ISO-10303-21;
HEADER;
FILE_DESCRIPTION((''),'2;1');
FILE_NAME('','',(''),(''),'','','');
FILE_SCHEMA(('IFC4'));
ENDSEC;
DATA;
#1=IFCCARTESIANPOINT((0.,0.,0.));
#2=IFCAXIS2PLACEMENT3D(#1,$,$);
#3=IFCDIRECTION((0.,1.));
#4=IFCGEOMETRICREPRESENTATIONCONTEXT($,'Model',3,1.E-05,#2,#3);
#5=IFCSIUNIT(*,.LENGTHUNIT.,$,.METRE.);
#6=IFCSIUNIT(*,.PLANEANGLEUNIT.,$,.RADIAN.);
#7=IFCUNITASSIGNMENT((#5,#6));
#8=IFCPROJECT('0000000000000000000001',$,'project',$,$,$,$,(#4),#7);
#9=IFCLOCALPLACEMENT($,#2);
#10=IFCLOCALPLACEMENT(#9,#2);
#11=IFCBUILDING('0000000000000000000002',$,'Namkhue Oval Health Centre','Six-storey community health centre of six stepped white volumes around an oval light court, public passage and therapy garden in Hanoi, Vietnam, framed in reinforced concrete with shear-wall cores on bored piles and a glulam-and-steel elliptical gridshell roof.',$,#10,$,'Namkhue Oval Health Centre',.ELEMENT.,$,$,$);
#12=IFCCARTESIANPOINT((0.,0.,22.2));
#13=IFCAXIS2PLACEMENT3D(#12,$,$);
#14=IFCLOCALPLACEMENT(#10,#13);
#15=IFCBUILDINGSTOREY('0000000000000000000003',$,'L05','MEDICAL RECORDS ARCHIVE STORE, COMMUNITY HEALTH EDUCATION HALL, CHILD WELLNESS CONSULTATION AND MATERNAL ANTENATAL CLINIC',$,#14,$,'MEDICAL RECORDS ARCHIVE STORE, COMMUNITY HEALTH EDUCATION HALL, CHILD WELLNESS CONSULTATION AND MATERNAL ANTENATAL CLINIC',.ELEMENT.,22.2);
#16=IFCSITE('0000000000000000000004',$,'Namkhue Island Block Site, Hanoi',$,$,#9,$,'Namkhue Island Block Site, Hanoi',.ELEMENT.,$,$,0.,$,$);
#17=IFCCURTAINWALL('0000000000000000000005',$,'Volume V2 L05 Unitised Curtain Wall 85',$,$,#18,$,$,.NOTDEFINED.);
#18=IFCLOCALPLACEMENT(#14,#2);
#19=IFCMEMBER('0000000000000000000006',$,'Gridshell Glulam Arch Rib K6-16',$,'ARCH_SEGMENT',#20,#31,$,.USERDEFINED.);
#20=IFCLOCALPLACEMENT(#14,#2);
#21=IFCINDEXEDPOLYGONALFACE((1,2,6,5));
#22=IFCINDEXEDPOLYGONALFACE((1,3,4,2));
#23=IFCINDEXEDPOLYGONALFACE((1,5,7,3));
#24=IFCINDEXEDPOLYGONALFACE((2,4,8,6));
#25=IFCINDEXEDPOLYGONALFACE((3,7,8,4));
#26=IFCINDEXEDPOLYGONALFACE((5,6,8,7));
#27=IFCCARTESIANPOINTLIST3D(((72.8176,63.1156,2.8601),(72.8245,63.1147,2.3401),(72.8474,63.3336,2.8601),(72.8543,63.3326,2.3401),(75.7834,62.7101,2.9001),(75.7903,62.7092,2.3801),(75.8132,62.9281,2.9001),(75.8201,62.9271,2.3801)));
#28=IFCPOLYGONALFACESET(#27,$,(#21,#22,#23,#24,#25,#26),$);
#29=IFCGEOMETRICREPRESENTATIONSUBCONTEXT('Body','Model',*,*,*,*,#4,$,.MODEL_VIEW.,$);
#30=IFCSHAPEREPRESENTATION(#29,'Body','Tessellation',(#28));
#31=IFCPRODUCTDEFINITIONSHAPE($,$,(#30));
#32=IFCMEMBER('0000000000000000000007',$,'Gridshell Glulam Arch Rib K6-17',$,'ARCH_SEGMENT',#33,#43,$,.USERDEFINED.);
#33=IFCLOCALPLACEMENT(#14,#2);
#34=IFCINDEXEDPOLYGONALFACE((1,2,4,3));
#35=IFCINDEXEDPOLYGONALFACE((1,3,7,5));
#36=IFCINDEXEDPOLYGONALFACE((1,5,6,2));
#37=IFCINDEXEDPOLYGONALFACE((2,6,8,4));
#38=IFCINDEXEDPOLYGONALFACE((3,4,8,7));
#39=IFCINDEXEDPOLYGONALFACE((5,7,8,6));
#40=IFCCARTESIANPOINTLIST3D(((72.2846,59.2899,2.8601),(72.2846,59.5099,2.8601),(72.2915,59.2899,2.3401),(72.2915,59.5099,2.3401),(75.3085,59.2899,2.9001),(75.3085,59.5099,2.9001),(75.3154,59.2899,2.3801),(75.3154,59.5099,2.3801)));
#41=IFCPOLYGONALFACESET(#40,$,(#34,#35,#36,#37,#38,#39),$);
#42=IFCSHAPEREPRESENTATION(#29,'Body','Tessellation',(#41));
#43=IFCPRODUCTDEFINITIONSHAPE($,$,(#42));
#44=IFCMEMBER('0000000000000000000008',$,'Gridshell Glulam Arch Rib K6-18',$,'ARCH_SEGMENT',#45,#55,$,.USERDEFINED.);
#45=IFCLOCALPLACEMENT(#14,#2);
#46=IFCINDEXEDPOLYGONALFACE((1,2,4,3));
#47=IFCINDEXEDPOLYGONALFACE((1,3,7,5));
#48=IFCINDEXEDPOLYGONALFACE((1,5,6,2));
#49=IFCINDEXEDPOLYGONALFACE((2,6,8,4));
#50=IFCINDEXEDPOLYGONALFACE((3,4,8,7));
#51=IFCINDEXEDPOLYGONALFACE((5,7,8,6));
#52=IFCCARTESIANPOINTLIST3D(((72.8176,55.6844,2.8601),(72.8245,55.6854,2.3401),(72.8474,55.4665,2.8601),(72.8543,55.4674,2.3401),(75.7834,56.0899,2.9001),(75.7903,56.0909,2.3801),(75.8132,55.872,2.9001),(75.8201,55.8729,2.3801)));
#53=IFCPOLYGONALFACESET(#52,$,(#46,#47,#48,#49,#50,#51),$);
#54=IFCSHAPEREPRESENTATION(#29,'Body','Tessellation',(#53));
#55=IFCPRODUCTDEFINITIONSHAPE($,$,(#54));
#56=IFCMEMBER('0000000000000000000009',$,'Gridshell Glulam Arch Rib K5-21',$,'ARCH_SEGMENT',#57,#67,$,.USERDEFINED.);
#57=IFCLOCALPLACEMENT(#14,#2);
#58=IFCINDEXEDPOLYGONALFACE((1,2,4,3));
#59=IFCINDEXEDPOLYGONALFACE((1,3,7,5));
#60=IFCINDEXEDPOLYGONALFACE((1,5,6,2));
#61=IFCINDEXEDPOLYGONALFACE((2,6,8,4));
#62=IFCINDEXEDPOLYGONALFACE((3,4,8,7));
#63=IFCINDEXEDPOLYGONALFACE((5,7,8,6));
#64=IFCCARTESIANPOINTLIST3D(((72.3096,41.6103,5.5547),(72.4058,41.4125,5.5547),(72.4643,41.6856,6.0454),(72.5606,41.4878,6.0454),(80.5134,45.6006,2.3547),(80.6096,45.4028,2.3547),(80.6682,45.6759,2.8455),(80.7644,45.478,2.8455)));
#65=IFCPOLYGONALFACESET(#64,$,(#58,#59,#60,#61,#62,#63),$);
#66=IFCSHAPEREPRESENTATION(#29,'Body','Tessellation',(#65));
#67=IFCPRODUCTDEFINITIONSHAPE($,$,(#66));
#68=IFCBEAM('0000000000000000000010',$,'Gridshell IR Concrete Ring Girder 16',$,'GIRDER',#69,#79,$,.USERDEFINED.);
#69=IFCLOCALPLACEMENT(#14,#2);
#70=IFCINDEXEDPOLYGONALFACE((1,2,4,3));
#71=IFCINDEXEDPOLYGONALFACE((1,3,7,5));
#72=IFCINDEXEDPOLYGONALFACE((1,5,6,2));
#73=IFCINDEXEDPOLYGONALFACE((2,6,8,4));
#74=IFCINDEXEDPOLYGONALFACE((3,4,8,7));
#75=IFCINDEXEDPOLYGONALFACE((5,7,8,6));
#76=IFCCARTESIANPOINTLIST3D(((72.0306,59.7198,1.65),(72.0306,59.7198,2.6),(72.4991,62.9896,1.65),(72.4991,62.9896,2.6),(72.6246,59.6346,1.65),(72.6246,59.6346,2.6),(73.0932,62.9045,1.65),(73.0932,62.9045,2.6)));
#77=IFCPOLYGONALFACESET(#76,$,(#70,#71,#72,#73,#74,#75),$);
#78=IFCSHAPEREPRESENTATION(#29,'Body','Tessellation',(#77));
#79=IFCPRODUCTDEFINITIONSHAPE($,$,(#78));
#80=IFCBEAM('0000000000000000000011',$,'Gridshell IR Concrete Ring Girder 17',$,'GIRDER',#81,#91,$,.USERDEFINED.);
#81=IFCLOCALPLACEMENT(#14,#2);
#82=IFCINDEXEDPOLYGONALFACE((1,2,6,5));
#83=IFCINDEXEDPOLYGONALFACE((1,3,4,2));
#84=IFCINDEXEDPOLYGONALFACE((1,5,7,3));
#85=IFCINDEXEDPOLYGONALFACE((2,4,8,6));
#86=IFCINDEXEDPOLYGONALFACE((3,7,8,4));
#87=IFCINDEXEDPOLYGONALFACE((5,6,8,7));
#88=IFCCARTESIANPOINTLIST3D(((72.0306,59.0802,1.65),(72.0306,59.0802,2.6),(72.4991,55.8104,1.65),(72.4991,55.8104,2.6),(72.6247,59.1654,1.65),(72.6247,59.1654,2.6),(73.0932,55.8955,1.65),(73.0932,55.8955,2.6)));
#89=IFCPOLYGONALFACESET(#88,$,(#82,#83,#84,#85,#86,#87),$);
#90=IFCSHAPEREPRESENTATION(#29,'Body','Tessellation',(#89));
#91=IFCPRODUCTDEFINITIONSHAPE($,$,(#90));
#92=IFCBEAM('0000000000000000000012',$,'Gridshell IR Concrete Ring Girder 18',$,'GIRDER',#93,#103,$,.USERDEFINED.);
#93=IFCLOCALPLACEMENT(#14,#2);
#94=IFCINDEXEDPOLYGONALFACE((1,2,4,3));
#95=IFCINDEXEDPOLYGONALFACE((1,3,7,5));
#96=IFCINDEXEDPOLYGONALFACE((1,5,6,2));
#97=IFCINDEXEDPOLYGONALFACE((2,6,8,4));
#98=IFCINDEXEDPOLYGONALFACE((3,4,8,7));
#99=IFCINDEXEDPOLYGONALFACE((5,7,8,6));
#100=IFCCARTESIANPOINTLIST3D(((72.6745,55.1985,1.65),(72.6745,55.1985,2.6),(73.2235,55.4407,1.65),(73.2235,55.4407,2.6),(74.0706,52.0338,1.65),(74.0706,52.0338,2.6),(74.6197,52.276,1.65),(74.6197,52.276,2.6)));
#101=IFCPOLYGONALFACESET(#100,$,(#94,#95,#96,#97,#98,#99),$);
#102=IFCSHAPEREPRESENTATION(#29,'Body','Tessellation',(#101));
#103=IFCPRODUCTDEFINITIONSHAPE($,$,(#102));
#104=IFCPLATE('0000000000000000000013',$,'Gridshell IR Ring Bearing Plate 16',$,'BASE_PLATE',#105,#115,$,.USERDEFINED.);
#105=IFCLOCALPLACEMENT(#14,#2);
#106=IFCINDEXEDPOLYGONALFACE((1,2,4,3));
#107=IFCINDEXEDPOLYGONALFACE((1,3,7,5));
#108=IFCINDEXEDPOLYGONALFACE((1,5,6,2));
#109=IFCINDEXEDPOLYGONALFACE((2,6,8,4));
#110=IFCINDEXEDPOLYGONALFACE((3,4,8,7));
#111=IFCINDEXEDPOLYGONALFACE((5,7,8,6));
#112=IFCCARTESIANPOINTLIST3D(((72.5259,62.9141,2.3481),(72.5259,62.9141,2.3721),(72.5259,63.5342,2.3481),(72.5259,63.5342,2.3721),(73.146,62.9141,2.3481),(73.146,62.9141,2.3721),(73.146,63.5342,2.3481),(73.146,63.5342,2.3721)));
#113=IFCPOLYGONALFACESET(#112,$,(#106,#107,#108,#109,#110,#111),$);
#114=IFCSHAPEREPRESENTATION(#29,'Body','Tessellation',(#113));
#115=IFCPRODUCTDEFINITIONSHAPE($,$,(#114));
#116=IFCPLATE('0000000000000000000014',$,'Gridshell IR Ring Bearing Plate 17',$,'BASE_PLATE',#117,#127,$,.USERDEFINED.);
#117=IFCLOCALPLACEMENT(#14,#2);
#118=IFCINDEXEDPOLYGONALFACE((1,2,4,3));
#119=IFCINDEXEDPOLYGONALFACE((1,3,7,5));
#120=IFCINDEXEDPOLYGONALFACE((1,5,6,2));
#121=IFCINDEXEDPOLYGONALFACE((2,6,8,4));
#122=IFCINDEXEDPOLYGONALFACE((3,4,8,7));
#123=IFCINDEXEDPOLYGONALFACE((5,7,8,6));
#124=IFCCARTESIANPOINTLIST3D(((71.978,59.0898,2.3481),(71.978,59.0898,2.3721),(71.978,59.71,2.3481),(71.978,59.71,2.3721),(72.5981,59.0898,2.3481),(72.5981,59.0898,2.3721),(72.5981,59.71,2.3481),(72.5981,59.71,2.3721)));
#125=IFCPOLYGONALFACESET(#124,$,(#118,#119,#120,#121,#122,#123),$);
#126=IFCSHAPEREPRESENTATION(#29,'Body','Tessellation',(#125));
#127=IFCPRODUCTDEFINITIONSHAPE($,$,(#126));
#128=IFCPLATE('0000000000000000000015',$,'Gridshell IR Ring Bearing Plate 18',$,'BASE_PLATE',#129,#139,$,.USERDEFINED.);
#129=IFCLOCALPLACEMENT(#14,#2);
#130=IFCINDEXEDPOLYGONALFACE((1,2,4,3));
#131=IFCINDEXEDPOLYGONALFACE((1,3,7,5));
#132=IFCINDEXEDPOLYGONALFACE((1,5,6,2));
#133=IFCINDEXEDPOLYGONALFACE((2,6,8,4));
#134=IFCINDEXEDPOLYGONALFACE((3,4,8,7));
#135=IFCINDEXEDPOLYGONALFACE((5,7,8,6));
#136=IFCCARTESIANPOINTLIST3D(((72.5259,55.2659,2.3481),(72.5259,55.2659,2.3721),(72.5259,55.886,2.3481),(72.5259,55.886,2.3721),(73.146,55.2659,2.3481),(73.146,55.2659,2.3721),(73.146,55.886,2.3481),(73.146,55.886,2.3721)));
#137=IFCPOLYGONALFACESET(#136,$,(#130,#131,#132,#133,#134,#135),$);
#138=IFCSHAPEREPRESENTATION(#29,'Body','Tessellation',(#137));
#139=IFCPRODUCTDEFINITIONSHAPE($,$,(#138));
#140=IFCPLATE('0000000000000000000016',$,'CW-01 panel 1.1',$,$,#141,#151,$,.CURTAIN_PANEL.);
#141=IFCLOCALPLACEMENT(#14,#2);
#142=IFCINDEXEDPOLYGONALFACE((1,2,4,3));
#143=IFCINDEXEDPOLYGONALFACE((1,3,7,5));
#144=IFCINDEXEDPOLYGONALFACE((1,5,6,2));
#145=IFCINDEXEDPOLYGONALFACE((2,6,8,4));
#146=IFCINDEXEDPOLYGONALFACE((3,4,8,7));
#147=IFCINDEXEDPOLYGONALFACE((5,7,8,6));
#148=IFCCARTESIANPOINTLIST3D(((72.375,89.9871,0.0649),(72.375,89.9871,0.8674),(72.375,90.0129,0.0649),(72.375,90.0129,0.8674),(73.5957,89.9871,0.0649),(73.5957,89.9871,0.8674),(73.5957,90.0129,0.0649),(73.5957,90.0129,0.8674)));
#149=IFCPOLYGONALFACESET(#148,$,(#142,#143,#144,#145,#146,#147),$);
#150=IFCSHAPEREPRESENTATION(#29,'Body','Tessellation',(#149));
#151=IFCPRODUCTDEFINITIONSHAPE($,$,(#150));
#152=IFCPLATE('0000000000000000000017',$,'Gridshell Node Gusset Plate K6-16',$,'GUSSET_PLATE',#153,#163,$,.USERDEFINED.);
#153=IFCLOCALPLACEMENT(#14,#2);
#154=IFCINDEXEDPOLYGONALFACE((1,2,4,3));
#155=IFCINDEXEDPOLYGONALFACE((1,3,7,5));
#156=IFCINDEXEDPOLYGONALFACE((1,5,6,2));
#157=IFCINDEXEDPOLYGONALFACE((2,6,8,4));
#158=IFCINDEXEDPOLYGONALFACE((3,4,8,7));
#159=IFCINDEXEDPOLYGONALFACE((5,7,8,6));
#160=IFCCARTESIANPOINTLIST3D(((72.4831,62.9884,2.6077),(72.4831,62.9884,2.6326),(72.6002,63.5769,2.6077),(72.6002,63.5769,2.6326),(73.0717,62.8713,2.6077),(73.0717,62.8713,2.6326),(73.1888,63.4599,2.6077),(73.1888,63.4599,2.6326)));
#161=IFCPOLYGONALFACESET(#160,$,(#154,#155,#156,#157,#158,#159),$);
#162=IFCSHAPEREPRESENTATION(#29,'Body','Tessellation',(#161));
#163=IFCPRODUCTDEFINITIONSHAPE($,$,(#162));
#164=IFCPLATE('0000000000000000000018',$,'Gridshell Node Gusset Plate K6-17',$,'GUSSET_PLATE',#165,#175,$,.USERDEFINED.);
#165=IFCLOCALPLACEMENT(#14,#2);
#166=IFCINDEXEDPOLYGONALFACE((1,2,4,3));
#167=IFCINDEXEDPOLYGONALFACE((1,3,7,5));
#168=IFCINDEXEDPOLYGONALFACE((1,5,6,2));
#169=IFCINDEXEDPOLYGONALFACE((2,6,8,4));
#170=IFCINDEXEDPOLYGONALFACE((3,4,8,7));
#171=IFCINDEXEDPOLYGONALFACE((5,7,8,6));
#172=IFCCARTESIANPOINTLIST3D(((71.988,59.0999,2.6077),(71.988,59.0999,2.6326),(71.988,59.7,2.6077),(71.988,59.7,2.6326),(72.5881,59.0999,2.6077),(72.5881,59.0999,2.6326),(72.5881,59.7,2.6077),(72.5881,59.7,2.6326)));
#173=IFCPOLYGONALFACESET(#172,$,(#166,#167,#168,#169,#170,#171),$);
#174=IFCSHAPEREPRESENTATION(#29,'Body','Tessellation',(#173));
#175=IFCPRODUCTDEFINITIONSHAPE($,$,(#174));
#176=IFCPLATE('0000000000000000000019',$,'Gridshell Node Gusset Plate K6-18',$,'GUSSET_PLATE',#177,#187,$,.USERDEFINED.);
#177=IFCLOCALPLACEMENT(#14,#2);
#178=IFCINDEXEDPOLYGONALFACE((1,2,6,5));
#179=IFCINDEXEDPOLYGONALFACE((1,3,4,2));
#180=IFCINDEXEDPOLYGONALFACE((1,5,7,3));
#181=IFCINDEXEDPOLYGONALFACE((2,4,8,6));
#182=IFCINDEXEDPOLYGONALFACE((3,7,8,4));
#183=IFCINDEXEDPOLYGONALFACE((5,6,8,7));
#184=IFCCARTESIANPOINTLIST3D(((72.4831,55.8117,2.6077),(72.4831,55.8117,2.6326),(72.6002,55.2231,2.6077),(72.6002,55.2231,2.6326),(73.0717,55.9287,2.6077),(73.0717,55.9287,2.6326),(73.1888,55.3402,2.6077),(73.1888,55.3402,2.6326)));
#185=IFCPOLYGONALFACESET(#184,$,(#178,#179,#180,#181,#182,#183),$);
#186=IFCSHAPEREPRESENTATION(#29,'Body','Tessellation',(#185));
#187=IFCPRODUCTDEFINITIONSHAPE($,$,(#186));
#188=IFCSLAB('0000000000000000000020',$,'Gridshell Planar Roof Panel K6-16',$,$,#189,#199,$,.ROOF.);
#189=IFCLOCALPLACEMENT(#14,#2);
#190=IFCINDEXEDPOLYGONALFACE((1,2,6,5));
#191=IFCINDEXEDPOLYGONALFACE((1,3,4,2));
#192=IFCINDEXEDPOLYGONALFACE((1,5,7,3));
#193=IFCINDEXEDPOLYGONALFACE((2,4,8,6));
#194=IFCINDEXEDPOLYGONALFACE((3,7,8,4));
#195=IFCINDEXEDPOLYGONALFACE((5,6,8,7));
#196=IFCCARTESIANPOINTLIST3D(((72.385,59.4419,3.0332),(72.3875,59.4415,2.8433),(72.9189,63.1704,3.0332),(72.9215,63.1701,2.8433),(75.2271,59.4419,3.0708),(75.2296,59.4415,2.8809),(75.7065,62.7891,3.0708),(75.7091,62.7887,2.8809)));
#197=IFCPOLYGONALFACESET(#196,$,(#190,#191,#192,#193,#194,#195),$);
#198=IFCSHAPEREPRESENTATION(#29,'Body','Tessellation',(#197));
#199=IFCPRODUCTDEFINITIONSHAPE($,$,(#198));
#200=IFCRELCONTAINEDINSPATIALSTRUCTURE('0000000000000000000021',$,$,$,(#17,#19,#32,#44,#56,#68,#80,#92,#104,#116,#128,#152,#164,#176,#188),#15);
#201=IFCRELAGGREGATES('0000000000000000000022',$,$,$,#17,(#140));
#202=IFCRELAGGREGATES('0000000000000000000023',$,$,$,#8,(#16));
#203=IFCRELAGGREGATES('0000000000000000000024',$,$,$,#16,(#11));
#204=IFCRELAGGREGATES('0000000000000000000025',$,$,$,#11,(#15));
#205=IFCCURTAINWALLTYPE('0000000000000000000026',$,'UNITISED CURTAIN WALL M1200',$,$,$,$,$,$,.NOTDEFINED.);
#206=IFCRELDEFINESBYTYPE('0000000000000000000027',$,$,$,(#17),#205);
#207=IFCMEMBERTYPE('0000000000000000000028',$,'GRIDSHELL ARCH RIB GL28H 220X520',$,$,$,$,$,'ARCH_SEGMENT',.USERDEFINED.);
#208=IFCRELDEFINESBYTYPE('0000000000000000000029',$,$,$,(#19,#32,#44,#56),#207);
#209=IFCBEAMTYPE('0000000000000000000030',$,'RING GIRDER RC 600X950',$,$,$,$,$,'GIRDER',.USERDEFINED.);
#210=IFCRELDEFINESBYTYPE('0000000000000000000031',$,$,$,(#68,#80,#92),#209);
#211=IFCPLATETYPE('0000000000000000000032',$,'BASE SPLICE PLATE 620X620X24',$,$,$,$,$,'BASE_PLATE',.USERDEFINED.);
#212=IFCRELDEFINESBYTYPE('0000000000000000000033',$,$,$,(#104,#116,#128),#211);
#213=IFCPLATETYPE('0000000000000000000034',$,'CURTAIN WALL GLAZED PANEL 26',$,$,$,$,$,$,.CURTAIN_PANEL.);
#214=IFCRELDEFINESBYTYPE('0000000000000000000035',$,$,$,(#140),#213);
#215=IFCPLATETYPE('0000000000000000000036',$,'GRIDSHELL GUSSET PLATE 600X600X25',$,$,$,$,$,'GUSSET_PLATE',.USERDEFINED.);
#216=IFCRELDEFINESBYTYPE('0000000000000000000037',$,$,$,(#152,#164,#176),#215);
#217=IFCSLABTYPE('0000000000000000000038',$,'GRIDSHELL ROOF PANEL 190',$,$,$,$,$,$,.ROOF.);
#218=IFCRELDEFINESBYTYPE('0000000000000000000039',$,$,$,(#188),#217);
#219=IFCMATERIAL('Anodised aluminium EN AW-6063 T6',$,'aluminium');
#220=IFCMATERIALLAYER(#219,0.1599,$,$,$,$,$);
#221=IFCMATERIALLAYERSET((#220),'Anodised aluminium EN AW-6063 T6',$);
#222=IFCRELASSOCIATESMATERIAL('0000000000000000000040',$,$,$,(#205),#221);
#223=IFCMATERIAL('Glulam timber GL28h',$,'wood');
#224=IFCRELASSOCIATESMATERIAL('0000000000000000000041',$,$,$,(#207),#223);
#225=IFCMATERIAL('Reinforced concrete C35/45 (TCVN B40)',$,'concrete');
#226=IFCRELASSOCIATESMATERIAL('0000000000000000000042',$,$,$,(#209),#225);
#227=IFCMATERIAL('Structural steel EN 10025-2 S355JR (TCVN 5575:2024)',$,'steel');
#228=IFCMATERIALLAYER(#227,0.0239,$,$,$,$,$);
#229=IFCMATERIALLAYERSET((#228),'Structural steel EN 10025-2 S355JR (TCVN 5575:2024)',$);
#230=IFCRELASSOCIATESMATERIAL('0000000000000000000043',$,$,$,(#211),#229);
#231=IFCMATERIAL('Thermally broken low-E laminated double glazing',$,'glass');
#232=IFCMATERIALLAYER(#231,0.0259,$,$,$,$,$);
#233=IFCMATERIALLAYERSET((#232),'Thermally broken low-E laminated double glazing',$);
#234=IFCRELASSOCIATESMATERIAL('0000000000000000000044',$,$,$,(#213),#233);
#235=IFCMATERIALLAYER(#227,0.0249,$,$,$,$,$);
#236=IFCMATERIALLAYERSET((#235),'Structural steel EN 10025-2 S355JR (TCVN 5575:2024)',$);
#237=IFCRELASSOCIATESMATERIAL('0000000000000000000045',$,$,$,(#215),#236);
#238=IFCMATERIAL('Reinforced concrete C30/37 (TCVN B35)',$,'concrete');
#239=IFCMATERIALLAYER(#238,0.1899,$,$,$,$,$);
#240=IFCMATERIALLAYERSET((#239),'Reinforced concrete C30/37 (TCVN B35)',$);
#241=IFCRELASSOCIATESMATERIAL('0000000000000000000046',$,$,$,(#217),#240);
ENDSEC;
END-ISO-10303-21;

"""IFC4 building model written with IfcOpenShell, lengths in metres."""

from ifc_helpers import new_model, si_unit, direction, frame, origin, origin_2d, place, context, subcontext, project, spatial, polyline, rectangle, outline, extrude, material, layer, layer_set, material_profile, profile_set, type_object, element, aggregate, save


model = new_model("IFC4")

# Units and contexts
model_context = context("Model", 3, precision=1e-05, world=origin(), true_north=direction((0.0, 1.0)))
body_context = subcontext(model_context, "Body", "Model", "MODEL_VIEW")
ifc_project = project(units=[si_unit("LENGTHUNIT", "METRE"), si_unit("PLANEANGLEUNIT", "RADIAN")], contexts=[model_context])

# Site, building, storey
site_placement = place(None, origin())
site = spatial("IfcSite", under=ifc_project, at=site_placement, Name="Namkhue Island Block Site, Hanoi", LongName="Namkhue Island Block Site, Hanoi", CompositionType="ELEMENT", RefElevation=0.0)
building_placement = place(site_placement, origin())
building = spatial("IfcBuilding", under=site, at=building_placement, Name="Namkhue Oval Health Centre", Description="Six-storey community health centre of six stepped white volumes around an oval light court, public passage and therapy garden in Hanoi, Vietnam, framed in reinforced concrete with shear-wall cores on bored piles and a glulam-and-steel elliptical gridshell roof.", LongName="Namkhue Oval Health Centre", CompositionType="ELEMENT")
storey_placement = place(building_placement, frame((0.0, 0.0, 22.2)))
storey = spatial("IfcBuildingStorey", under=building, at=storey_placement, Name="L05", Description="MEDICAL RECORDS ARCHIVE STORE, COMMUNITY HEALTH EDUCATION HALL, CHILD WELLNESS CONSULTATION AND MATERNAL ANTENATAL CLINIC", LongName="MEDICAL RECORDS ARCHIVE STORE, COMMUNITY HEALTH EDUCATION HALL, CHILD WELLNESS CONSULTATION AND MATERNAL ANTENATAL CLINIC", CompositionType="ELEMENT", Elevation=22.2)

# Shared definitions
ifc_material_1 = material(Name="Reinforced concrete C35/45 (TCVN B40)", Category="concrete")

# Shared definitions
ifc_material_2 = material(Name="Structural steel EN 10025-2 S355JR (TCVN 5575:2024)", Category="steel")

# Curtain wall
ifc_material_3 = material(Name="Anodised aluminium EN AW-6063 T6", Category="aluminium")
ifc_layer_1 = layer(ifc_material_3, 0.1599)
ifc_layer_set_1 = layer_set([ifc_layer_1], Name="Anodised aluminium EN AW-6063 T6")
curtain_wall_type = type_object("IfcCurtainWallType", Name="UNITISED CURTAIN WALL M1200", PredefinedType="NOTDEFINED", material=ifc_layer_set_1)
curtain_wall_placement = place(storey_placement, origin())
curtain_wall = element("IfcCurtainWall", 1, at=curtain_wall_placement, inside=storey, type_object=curtain_wall_type, Name="Volume V2 L05 Unitised Curtain Wall 85", PredefinedType="NOTDEFINED")

# Members
ifc_material_4 = material(Name="Glulam timber GL28h", Category="wood")
ifc_material_profile_1 = material_profile(ifc_material_4, rectangle(XDim=0.22, YDim=0.52, at=origin_2d()), Name="GL28h 220x520")
ifc_profile_set_1 = profile_set([ifc_material_profile_1], Name="Glulam timber GL28h")
member_type_1 = type_object("IfcMemberType", Name="GRIDSHELL ARCH RIB GL28H 220X520", ElementType="ARCH_SEGMENT", PredefinedType="USERDEFINED", material=ifc_profile_set_1)
member_1_placement = place(storey_placement, frame((72.8359, 63.2241, 2.6001), z_axis=(0.990693, -0.135458, 0.013375), x_axis=(0.13547, 0.990781, 0.0)))
element("IfcMember", 2, at=member_1_placement, inside=storey, type_object=member_type_1, Name="Gridshell Glulam Arch Rib K6-16", ObjectType="ARCH_SEGMENT", PredefinedType="USERDEFINED", context=body_context, shape_type="SweptSolid", body=[
    extrude(rectangle(XDim=0.22, YDim=0.52, at=origin_2d()), origin(), (0.0, 0.0, 1.0), 2.9937),
])
member_2_placement = place(storey_placement, frame((72.2881, 59.3999, 2.6001), z_axis=(0.999912, 0.0, 0.01324), x_axis=(0.0, 1.0, 0.0)))
element("IfcMember", 3, at=member_2_placement, inside=storey, type_object=member_type_1, Name="Gridshell Glulam Arch Rib K6-17", ObjectType="ARCH_SEGMENT", PredefinedType="USERDEFINED", context=body_context, shape_type="SweptSolid", body=[
    extrude(rectangle(XDim=0.22, YDim=0.52, at=origin_2d()), origin(), (0.0, 0.0, 1.0), 3.0242),
])
member_3_placement = place(storey_placement, frame((72.8359, 55.5759, 2.6001), z_axis=(0.990693, 0.135458, 0.013375), x_axis=(-0.13547, 0.990781, 0.0)))
element("IfcMember", 4, at=member_3_placement, inside=storey, type_object=member_type_1, Name="Gridshell Glulam Arch Rib K6-18", ObjectType="ARCH_SEGMENT", PredefinedType="USERDEFINED", context=body_context, shape_type="SweptSolid", body=[
    extrude(rectangle(XDim=0.22, YDim=0.52, at=origin_2d()), origin(), (0.0, 0.0, 1.0), 2.9937),
])
member_4_placement = place(storey_placement, frame((72.4351, 41.5491, 5.8), z_axis=(0.848582, 0.412738, -0.330993), x_axis=(-0.437392, 0.899271, 0.0)))
element("IfcMember", 5, at=member_4_placement, inside=storey, type_object=member_type_1, Name="Gridshell Glulam Arch Rib K5-21", ObjectType="ARCH_SEGMENT", PredefinedType="USERDEFINED", context=body_context, shape_type="SweptSolid", body=[
    extrude(rectangle(XDim=0.22, YDim=0.52, at=origin_2d()), origin(), (0.0, 0.0, 1.0), 9.6677),
])

# Beams
ifc_material_profile_2 = material_profile(ifc_material_1, rectangle(XDim=0.6001, YDim=0.95, at=origin_2d()), Name="RC 600x950")
ifc_profile_set_2 = profile_set([ifc_material_profile_2], Name="Reinforced concrete C35/45 (TCVN B40)")
beam_type = type_object("IfcBeamType", Name="RING GIRDER RC 600X950", ElementType="GIRDER", PredefinedType="USERDEFINED", material=ifc_profile_set_2)
for number, where, z_axis, x_axis, name in (
    (6, (72.7961, 62.947, 2.125), (-0.141835, -0.98989, 0.0), (0.98989, -0.141835, 0.0), "Gridshell IR Concrete Ring Girder 16"),
    (7, (72.3276, 59.1228, 2.125), (0.141835, -0.98989, 0.0), (0.98989, 0.141835, 0.0), "Gridshell IR Concrete Ring Girder 17"),
):
    element("IfcBeam", number, at=place(storey_placement, frame(where, z_axis=z_axis, x_axis=x_axis)), inside=storey, type_object=beam_type, Name=name, ObjectType="GIRDER", PredefinedType="USERDEFINED", context=body_context, shape_type="SweptSolid", body=[
        extrude(rectangle(XDim=0.6001, YDim=0.95, at=origin_2d()), origin(), (0.0, 0.0, 1.0), 3.3032),
    ])
beam_placement = place(storey_placement, frame((72.949, 55.3196, 2.125), z_axis=(0.403642, -0.914917, 0.0), x_axis=(0.914917, 0.403642, 0.0)))
element("IfcBeam", 8, at=beam_placement, inside=storey, type_object=beam_type, Name="Gridshell IR Concrete Ring Girder 18", ObjectType="GIRDER", PredefinedType="USERDEFINED", context=body_context, shape_type="SweptSolid", body=[
    extrude(rectangle(XDim=0.6001, YDim=0.95, at=origin_2d()), origin(), (0.0, 0.0, 1.0), 3.459),
])

# Plates
ifc_layer_2 = layer(ifc_material_2, 0.0239)
ifc_layer_set_2 = layer_set([ifc_layer_2], Name="Structural steel EN 10025-2 S355JR (TCVN 5575:2024)")
plate_type_1 = type_object("IfcPlateType", Name="BASE SPLICE PLATE 620X620X24", ElementType="BASE_PLATE", PredefinedType="USERDEFINED", material=ifc_layer_set_2)
for number, where, z_axis, x_axis, name in (
    (9, (72.8359, 63.2241, 2.3481), (0.0, 0.0, 1.0), (1.0, 0.0, 0.0), "Gridshell IR Ring Bearing Plate 16"),
    (10, (72.2881, 59.3999, 2.3481), (0.0, 0.0, 1.0), (1.0, 0.0, 0.0), "Gridshell IR Ring Bearing Plate 17"),
    (11, (72.8359, 55.5759, 2.3481), (0.0, 0.0, 1.0), (1.0, 0.0, 0.0), "Gridshell IR Ring Bearing Plate 18"),
):
    element("IfcPlate", number, at=place(storey_placement, frame(where, z_axis=z_axis, x_axis=x_axis)), inside=storey, type_object=plate_type_1, Name=name, ObjectType="BASE_PLATE", PredefinedType="USERDEFINED", context=body_context, shape_type="SweptSolid", body=[
        extrude(rectangle(XDim=0.6201, YDim=0.6201, at=origin_2d()), origin(), (0.0, 0.0, 1.0), 0.0239),
    ])

# Plate
ifc_material_5 = material(Name="Thermally broken low-E laminated double glazing", Category="glass")
ifc_layer_3 = layer(ifc_material_5, 0.0259)
ifc_layer_set_3 = layer_set([ifc_layer_3], Name="Thermally broken low-E laminated double glazing")
plate_type_2 = type_object("IfcPlateType", Name="CURTAIN WALL GLAZED PANEL 26", PredefinedType="CURTAIN_PANEL", material=ifc_layer_set_3)
plate_1_placement = place(storey_placement, frame((72.9854, 90.0, 0.0649), z_axis=(0.0, 0.0, 1.0), x_axis=(1.0, 0.0, 0.0)))
plate_1 = element("IfcPlate", 12, at=plate_1_placement, type_object=plate_type_2, Name="CW-01 panel 1.1", PredefinedType="CURTAIN_PANEL", context=body_context, shape_type="SweptSolid", body=[
    extrude(rectangle(XDim=1.2207, YDim=0.0259, at=origin_2d()), origin(), (0.0, 0.0, 1.0), 0.8025),
])
aggregate(curtain_wall, [plate_1])

# Plates
ifc_layer_4 = layer(ifc_material_2, 0.0249)
ifc_layer_set_4 = layer_set([ifc_layer_4], Name="Structural steel EN 10025-2 S355JR (TCVN 5575:2024)")
plate_type_3 = type_object("IfcPlateType", Name="GRIDSHELL GUSSET PLATE 600X600X25", ElementType="GUSSET_PLATE", PredefinedType="USERDEFINED", material=ifc_layer_set_4)
for number, where, z_axis, x_axis, name in (
    (13, (72.8359, 63.2241, 2.6077), (0.0, 0.0, 1.0), (-0.980785, 0.19509, 0.0), "Gridshell Node Gusset Plate K6-16"),
    (14, (72.2881, 59.3999, 2.6077), (0.0, 0.0, 1.0), (-1.0, 0.0, 0.0), "Gridshell Node Gusset Plate K6-17"),
    (15, (72.8359, 55.5759, 2.6077), (0.0, 0.0, 1.0), (-0.980785, -0.19509, 0.0), "Gridshell Node Gusset Plate K6-18"),
):
    element("IfcPlate", number, at=place(storey_placement, frame(where, z_axis=z_axis, x_axis=x_axis)), inside=storey, type_object=plate_type_3, Name=name, ObjectType="GUSSET_PLATE", PredefinedType="USERDEFINED", context=body_context, shape_type="SweptSolid", body=[
        extrude(rectangle(XDim=0.6001, YDim=0.6001, at=origin_2d()), origin(), (0.0, 0.0, 1.0), 0.0249),
    ])

# Slab
ifc_material_6 = material(Name="Reinforced concrete C30/37 (TCVN B35)", Category="concrete")
ifc_layer_5 = layer(ifc_material_6, 0.1899)
ifc_layer_set_5 = layer_set([ifc_layer_5], Name="Reinforced concrete C30/37 (TCVN B35)")
slab_type = type_object("IfcSlabType", Name="GRIDSHELL ROOF PANEL 190", PredefinedType="ROOF", material=ifc_layer_set_5)
slab_1_placement = place(storey_placement, frame((72.9189, 63.1704, 3.0332), z_axis=(-0.013228, 0.001895, 0.999911), x_axis=(-0.141757, -0.989901, 0.0)))
element("IfcSlab", 16, at=slab_1_placement, inside=storey, type_object=slab_type, Name="Gridshell Planar Roof Panel K6-16", PredefinedType="ROOF", context=body_context, shape_type="SweptSolid", body=[
    extrude(outline(polyline([(0.0, 0.0), (3.7666, 0.0), (3.3637, 2.8136), (-0.0177, 2.8138), (0.0, 0.0)])), origin(), (0.0, 0.0, -1.0), 0.1899),
])

save(model, "model.ifc")
